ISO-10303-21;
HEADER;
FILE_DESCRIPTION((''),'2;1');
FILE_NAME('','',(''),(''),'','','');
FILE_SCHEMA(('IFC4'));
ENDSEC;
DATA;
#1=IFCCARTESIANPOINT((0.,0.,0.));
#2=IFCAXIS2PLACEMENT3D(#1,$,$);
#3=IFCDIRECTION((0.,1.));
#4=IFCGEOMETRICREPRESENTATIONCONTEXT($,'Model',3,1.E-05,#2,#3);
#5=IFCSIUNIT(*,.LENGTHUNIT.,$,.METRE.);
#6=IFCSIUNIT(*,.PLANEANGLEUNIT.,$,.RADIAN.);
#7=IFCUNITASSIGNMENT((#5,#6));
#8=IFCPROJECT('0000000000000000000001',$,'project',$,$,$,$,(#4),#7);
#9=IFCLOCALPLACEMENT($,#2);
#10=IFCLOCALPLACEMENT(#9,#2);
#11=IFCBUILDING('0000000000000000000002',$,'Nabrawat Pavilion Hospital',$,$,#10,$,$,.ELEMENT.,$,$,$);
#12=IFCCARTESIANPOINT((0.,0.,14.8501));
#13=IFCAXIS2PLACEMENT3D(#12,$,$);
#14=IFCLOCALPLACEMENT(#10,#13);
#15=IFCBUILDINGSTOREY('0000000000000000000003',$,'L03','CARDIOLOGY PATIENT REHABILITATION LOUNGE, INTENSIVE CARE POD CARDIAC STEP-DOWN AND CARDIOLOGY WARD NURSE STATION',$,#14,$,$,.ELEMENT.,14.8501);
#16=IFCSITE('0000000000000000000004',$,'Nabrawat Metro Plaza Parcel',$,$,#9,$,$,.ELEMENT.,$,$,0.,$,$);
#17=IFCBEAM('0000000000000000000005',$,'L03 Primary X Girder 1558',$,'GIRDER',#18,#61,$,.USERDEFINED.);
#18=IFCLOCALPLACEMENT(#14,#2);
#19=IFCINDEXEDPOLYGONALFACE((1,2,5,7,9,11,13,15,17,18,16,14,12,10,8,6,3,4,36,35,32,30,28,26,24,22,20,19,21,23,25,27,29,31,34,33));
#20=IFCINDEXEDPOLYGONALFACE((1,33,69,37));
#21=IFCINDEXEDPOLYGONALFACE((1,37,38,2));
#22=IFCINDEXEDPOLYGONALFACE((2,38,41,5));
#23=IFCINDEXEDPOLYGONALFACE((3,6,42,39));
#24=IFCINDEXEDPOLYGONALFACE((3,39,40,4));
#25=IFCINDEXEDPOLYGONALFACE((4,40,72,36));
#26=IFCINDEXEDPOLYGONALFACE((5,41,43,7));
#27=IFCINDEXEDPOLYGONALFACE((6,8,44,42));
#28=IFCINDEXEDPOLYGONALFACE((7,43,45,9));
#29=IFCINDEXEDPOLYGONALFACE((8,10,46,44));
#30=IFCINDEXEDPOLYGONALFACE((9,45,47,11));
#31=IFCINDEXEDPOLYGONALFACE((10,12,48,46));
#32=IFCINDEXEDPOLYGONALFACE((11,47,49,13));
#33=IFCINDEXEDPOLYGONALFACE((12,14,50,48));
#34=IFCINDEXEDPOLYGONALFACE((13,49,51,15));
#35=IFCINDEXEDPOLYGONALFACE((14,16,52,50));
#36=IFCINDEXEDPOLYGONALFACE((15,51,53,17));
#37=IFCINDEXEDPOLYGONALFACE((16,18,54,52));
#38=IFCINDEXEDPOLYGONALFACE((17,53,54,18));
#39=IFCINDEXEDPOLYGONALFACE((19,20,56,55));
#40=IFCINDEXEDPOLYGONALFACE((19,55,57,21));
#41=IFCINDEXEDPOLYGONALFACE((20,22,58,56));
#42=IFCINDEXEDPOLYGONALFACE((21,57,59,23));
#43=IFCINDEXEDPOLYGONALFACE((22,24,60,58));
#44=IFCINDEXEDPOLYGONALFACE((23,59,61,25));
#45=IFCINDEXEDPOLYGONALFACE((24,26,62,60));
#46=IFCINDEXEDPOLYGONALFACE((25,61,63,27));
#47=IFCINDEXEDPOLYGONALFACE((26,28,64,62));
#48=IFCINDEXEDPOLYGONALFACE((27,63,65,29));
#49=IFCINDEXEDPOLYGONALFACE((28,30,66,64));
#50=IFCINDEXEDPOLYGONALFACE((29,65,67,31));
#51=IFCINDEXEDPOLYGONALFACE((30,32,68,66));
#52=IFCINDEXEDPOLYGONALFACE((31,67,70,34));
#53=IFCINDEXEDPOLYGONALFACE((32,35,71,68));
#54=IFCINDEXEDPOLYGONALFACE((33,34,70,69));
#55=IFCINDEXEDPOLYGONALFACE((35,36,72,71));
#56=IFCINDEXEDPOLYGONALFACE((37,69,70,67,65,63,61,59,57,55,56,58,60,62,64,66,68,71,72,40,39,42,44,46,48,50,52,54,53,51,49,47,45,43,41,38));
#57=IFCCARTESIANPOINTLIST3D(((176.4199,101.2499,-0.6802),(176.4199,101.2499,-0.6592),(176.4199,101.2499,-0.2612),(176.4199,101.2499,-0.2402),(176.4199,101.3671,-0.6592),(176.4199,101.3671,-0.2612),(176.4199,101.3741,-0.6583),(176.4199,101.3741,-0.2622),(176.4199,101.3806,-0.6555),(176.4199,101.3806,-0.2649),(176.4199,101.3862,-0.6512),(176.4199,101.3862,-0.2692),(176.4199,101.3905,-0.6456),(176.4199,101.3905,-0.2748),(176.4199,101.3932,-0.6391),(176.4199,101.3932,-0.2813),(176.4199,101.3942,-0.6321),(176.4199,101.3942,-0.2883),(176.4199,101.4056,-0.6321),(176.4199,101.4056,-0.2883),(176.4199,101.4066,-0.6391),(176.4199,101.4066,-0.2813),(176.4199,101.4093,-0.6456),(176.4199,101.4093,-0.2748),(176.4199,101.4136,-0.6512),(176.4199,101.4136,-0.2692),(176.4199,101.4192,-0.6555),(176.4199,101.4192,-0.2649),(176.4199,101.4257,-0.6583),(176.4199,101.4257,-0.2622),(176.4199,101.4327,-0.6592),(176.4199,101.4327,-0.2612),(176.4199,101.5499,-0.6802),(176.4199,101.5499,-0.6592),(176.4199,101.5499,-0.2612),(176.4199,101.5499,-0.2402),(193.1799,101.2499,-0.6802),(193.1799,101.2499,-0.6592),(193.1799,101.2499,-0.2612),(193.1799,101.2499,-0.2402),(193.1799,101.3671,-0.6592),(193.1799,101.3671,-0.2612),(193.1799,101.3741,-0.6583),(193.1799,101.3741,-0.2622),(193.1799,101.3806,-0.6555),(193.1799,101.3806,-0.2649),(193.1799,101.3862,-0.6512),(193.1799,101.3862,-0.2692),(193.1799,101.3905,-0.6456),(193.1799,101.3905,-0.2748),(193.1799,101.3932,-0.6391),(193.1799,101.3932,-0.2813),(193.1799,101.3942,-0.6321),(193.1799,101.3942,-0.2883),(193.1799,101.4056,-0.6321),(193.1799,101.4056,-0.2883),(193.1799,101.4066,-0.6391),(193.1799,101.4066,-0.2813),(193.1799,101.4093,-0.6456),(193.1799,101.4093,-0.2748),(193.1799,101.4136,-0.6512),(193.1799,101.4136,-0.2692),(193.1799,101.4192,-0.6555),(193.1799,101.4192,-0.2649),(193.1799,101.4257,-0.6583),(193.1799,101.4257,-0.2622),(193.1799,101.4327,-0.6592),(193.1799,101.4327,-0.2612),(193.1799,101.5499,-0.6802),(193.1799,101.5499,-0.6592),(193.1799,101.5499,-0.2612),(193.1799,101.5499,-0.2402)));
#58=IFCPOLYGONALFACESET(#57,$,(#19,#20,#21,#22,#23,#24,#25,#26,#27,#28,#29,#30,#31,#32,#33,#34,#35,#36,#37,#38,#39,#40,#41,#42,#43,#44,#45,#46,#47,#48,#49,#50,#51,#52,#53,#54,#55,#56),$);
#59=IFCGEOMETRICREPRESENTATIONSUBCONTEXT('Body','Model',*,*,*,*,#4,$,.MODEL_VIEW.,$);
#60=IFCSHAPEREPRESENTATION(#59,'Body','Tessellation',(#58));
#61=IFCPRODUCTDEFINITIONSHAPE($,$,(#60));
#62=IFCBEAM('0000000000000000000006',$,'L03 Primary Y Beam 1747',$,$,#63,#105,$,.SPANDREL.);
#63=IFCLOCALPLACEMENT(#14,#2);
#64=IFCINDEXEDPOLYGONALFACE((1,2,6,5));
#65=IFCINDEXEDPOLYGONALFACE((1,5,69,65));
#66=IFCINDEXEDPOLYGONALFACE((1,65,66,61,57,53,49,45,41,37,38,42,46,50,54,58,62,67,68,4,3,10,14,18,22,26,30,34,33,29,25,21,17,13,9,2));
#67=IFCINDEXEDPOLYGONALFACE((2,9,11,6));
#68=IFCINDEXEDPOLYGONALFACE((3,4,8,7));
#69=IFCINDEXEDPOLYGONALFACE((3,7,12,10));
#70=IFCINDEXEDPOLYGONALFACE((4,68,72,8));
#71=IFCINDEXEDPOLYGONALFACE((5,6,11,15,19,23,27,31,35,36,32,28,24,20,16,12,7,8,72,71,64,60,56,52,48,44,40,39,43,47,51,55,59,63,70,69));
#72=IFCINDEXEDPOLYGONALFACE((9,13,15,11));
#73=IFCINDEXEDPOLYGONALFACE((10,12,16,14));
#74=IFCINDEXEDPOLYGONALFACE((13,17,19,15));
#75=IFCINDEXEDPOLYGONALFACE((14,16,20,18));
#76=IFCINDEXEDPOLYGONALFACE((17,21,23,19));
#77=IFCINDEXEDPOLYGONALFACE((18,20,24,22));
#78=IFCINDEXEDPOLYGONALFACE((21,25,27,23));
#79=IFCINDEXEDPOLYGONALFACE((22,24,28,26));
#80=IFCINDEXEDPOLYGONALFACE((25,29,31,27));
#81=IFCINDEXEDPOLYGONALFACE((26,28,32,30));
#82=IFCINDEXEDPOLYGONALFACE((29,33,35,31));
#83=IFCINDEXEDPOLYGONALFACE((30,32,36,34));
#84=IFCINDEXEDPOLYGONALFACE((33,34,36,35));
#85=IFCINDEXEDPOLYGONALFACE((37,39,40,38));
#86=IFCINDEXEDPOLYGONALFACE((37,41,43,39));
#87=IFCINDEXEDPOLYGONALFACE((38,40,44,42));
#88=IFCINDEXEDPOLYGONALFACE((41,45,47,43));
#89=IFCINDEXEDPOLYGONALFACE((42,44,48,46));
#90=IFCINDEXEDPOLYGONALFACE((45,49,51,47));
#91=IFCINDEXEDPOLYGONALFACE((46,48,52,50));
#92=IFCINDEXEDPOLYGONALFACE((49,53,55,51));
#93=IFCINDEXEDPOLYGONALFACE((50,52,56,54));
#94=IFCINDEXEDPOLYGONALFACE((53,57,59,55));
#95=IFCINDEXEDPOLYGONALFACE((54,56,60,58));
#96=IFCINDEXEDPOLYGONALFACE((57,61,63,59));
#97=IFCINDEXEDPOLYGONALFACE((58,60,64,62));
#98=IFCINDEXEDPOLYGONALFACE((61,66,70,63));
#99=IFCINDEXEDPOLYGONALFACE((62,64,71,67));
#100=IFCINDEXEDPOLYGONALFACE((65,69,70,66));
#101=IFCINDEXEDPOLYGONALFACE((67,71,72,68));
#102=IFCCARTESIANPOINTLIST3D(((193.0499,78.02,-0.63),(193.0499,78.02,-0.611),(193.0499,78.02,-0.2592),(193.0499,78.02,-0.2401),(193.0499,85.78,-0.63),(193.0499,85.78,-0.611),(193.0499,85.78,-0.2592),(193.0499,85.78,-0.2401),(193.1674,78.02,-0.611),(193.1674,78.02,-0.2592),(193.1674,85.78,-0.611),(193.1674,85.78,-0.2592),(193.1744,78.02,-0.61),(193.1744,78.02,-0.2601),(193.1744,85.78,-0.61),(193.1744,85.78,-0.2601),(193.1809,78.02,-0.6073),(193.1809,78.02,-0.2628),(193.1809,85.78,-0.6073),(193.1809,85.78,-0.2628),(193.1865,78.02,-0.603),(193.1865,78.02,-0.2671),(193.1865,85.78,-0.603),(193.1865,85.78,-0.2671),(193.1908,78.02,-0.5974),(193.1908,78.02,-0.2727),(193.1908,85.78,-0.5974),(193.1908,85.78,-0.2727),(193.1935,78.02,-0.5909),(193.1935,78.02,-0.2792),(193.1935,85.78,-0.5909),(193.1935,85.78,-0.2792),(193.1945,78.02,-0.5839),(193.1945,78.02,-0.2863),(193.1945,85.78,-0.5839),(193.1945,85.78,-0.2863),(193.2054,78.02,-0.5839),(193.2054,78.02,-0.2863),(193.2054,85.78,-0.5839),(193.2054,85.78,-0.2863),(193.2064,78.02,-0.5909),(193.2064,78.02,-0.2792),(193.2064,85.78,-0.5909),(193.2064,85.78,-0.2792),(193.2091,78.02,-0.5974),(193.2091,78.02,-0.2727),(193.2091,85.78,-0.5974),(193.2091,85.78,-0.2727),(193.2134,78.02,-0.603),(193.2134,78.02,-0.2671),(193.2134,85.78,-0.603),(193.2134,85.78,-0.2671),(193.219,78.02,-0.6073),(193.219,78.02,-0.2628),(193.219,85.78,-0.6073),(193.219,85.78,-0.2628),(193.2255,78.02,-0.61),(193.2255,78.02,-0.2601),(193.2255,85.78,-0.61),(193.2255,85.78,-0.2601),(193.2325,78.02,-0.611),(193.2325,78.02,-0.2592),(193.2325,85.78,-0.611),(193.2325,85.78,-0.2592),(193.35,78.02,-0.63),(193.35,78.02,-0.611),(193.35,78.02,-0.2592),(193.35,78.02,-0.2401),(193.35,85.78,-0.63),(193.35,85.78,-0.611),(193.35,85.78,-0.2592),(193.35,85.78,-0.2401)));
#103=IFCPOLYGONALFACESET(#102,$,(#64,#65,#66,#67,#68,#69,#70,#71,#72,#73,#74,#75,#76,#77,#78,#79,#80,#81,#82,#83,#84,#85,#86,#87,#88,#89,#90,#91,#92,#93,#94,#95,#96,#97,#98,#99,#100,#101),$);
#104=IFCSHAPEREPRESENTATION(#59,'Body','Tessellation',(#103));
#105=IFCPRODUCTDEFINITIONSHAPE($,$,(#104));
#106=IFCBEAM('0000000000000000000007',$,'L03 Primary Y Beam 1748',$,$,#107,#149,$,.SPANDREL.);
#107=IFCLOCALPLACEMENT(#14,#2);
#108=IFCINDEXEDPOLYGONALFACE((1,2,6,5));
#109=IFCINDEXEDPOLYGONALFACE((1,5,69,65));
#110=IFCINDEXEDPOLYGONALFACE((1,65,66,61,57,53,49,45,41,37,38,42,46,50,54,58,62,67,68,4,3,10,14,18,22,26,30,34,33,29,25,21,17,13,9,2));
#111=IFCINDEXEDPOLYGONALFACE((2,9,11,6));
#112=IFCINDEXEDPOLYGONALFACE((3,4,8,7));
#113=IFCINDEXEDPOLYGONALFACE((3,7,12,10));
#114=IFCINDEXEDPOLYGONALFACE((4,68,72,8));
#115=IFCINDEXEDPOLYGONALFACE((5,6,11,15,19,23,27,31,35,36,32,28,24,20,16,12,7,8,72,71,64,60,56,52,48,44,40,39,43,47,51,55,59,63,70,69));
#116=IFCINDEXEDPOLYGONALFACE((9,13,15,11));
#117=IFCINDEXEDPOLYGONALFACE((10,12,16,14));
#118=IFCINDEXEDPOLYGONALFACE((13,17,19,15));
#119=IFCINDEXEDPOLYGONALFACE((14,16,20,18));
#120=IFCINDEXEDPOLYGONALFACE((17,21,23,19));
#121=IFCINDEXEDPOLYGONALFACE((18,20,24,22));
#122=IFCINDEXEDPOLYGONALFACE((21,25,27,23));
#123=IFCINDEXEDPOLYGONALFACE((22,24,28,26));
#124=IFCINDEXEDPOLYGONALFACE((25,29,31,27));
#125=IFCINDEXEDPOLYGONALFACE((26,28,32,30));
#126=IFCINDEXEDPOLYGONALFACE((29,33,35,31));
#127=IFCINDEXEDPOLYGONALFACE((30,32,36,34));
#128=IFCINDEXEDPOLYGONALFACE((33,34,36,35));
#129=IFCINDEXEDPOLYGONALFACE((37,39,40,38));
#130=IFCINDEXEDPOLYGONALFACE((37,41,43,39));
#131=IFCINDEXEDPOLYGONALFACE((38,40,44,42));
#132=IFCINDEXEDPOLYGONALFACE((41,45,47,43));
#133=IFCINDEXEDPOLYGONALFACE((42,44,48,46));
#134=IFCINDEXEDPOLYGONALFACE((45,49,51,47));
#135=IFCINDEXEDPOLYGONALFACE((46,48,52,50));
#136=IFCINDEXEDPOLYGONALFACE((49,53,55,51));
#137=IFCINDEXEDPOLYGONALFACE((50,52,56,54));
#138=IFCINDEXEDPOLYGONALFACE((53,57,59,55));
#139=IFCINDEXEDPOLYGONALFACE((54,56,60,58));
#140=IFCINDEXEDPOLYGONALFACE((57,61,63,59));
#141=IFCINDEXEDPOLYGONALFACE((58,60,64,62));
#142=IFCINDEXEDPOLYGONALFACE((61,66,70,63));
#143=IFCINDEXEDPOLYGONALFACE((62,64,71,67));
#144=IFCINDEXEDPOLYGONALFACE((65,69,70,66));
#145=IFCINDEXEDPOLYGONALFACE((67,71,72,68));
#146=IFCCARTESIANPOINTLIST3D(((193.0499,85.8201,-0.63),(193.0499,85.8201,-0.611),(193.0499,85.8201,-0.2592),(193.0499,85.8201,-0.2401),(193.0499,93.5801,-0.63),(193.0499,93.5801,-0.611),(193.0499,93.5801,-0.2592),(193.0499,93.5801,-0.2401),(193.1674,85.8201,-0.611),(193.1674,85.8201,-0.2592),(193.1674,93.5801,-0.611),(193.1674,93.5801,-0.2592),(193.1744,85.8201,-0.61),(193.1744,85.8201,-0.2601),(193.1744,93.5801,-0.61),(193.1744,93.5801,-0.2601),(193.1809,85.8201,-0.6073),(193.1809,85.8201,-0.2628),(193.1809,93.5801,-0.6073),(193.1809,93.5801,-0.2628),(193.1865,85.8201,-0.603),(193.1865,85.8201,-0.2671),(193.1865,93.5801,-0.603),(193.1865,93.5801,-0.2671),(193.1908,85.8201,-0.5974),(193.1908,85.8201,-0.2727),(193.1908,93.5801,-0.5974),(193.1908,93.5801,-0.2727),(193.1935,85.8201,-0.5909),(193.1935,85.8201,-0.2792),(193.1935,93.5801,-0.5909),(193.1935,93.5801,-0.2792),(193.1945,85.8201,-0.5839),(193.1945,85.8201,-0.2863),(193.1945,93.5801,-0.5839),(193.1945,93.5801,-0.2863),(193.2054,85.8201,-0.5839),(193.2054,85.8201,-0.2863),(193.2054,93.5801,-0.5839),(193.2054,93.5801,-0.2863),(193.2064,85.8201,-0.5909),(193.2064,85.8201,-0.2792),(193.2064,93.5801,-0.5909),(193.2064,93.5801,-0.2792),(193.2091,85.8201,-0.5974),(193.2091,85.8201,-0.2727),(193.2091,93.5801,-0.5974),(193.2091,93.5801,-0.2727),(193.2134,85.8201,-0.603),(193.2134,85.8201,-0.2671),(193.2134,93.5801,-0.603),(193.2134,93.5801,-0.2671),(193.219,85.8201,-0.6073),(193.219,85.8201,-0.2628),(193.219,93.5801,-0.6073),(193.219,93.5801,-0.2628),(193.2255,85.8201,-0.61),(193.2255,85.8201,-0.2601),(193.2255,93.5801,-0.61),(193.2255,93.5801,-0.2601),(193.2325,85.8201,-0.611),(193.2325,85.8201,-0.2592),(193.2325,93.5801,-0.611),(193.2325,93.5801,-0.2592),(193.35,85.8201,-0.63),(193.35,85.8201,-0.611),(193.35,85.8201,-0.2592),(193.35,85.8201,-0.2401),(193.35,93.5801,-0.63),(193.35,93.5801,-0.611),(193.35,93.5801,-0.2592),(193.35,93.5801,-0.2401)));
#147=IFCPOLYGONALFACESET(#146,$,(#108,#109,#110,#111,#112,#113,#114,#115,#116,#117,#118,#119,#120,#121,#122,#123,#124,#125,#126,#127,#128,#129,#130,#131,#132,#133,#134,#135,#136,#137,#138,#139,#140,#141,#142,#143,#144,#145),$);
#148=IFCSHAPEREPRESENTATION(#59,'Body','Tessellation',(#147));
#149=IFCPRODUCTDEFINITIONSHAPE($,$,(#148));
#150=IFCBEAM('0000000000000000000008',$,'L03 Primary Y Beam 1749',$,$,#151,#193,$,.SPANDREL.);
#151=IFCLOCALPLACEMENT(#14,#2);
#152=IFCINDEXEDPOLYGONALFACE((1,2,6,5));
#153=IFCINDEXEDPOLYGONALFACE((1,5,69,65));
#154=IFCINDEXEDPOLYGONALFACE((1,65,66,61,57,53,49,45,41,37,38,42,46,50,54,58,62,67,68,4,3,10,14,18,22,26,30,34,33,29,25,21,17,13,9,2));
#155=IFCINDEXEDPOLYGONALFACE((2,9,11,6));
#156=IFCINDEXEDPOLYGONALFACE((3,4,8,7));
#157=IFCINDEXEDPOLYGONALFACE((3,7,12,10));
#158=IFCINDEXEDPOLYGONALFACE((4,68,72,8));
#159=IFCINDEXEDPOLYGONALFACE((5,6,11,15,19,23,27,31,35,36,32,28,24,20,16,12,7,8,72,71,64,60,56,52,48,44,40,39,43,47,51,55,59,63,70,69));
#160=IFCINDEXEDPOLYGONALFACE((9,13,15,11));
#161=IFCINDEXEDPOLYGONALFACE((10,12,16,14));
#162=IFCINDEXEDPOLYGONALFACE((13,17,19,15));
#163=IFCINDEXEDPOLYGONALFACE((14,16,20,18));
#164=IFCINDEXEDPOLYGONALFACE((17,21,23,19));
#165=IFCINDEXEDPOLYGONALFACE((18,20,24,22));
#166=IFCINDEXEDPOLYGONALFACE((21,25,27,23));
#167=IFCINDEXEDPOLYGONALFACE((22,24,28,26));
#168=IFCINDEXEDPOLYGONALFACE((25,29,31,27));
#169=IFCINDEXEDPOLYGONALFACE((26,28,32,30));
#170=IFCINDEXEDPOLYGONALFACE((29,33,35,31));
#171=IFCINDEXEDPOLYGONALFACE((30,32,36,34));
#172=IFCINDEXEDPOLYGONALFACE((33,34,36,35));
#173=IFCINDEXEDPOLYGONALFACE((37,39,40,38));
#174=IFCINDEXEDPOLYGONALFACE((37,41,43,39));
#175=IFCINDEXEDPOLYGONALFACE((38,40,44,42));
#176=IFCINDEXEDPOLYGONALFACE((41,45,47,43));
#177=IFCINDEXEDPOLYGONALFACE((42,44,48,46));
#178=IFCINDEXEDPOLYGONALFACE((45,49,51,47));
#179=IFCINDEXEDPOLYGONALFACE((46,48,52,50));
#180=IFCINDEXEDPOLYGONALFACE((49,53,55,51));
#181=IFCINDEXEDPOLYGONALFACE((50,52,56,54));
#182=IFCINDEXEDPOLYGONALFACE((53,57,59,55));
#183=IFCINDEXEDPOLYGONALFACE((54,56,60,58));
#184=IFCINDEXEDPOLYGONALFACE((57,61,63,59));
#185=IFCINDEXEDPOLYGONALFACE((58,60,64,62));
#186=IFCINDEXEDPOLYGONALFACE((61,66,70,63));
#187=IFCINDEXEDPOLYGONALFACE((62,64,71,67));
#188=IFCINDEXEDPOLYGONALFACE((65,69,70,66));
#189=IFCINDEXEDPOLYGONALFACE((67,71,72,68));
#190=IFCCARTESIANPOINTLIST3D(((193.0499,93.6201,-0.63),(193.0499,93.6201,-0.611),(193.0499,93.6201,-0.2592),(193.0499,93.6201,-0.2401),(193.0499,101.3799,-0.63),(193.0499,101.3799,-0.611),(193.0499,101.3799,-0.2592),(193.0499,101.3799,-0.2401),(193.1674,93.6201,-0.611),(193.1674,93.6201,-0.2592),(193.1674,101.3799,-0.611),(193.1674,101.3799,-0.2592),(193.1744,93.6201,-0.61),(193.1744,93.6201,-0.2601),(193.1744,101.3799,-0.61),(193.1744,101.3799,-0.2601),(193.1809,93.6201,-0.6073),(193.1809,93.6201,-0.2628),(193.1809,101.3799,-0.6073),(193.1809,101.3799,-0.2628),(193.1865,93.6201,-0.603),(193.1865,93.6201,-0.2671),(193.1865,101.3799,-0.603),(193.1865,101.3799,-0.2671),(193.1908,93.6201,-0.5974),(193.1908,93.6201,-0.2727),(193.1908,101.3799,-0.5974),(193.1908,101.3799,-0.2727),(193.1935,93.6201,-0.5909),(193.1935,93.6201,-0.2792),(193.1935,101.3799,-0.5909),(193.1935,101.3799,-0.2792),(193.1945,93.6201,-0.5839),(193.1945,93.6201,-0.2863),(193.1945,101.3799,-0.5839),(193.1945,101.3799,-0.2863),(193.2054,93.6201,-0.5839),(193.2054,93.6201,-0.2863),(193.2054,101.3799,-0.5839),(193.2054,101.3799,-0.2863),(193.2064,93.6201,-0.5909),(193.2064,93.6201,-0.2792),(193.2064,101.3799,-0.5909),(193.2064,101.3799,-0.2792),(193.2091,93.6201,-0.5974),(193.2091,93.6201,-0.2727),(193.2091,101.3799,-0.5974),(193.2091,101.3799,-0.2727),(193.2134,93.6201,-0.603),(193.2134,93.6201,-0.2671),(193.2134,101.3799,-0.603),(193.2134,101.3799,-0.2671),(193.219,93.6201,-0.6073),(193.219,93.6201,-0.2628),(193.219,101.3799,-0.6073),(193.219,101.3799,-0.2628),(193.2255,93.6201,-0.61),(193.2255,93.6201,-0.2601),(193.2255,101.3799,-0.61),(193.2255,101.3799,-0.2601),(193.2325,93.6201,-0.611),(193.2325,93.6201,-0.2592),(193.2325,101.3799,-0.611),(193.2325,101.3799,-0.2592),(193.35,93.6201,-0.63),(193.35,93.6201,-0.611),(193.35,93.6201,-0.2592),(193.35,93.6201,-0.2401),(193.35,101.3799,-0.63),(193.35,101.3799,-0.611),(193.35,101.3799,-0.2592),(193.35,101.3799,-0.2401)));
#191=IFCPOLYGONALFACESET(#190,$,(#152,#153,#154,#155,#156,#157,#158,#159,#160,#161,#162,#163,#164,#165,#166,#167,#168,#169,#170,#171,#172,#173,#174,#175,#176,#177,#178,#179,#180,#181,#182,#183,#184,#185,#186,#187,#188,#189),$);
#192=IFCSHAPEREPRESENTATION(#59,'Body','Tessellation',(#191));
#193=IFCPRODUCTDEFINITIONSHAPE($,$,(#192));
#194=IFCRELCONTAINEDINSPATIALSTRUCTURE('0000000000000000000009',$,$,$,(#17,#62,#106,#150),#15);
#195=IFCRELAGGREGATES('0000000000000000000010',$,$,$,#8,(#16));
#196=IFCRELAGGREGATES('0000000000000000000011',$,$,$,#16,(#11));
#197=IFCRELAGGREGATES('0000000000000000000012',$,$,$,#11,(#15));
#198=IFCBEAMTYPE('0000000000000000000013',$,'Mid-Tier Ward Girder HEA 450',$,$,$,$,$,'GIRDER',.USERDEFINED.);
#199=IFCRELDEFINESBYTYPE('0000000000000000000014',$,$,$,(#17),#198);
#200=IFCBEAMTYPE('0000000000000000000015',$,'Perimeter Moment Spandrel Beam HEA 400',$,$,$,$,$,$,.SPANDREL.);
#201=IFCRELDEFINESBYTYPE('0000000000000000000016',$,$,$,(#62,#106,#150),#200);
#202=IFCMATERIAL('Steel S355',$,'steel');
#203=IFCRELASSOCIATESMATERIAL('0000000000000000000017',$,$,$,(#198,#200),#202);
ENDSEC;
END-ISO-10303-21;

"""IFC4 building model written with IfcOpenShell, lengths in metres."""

from ifc_helpers import new_model, si_unit, direction, frame, origin, origin_2d, place, context, subcontext, project, spatial, i_section, extrude, material, material_profile, profile_set, type_object, element, save


model = new_model("IFC4")

# Units and contexts
model_context = context("Model", 3, precision=1e-05, world=origin(), true_north=direction((0.0, 1.0)))
body_context = subcontext(model_context, "Body", "Model", "MODEL_VIEW")
ifc_project = project(units=[si_unit("LENGTHUNIT", "METRE"), si_unit("PLANEANGLEUNIT", "RADIAN")], contexts=[model_context])

# Site, building, storey
site_placement = place(None, origin())
site = spatial("IfcSite", under=ifc_project, at=site_placement, Name="Nabrawat Metro Plaza Parcel", CompositionType="ELEMENT", RefElevation=0.0)
building_placement = place(site_placement, origin())
building = spatial("IfcBuilding", under=site, at=building_placement, Name="Nabrawat Pavilion Hospital", CompositionType="ELEMENT")
storey_placement = place(building_placement, frame((0.0, 0.0, 14.8501)))
storey = spatial("IfcBuildingStorey", under=building, at=storey_placement, Name="L03", Description="CARDIOLOGY PATIENT REHABILITATION LOUNGE, INTENSIVE CARE POD CARDIAC STEP-DOWN AND CARDIOLOGY WARD NURSE STATION", CompositionType="ELEMENT", Elevation=14.8501)

# Shared definitions
ifc_material_1 = material(Name="Steel S355", Category="steel")

# Beams
ifc_material_profile_1 = material_profile(ifc_material_1, i_section(OverallWidth=0.3, OverallDepth=0.4399, WebThickness=0.0115, FlangeThickness=0.021, FilletRadius=0.0271, at=origin_2d()), Name="HEA 450")
ifc_profile_set_1 = profile_set([ifc_material_profile_1], Name="Steel S355")
beam_type_1 = type_object("IfcBeamType", Name="Mid-Tier Ward Girder HEA 450", ElementType="GIRDER", PredefinedType="USERDEFINED", material=ifc_profile_set_1)
for number, where, z_axis, x_axis, name in (
    (1, (176.4199, 101.3999, -0.4602), (1.0, 0.0, 0.0), (0.0, 1.0, 0.0), "L03 Primary X Girder 1558"),
):
    element("IfcBeam", number, at=place(storey_placement, frame(where, z_axis=z_axis, x_axis=x_axis)), inside=storey, type_object=beam_type_1, Name=name, ObjectType="GIRDER", PredefinedType="USERDEFINED", context=body_context, shape_type="SweptSolid", body=[
        extrude(i_section(OverallWidth=0.3, OverallDepth=0.4399, WebThickness=0.0115, FlangeThickness=0.021, FilletRadius=0.0271, at=origin_2d()), origin(), (0.0, 0.0, 1.0), 16.76),
    ])
ifc_material_profile_2 = material_profile(ifc_material_1, i_section(OverallWidth=0.3, OverallDepth=0.3899, WebThickness=0.011, FlangeThickness=0.019, FilletRadius=0.0271, at=origin_2d()), Name="HEA 400")
ifc_profile_set_2 = profile_set([ifc_material_profile_2], Name="Steel S355")
beam_type_2 = type_object("IfcBeamType", Name="Perimeter Moment Spandrel Beam HEA 400", PredefinedType="SPANDREL", material=ifc_profile_set_2)
for number, where, z_axis, x_axis, name in (
    (2, (193.2, 78.02, -0.4351), (0.0, 1.0, 0.0), (-1.0, 0.0, 0.0), "L03 Primary Y Beam 1747"),
    (3, (193.2, 85.8201, -0.4351), (0.0, 1.0, 0.0), (-1.0, 0.0, 0.0), "L03 Primary Y Beam 1748"),
):
    element("IfcBeam", number, at=place(storey_placement, frame(where, z_axis=z_axis, x_axis=x_axis)), inside=storey, type_object=beam_type_2, Name=name, PredefinedType="SPANDREL", context=body_context, shape_type="SweptSolid", body=[
        extrude(i_section(OverallWidth=0.3, OverallDepth=0.3899, WebThickness=0.011, FlangeThickness=0.019, FilletRadius=0.0271, at=origin_2d()), origin(), (0.0, 0.0, 1.0), 7.76),
    ])
beam_1_placement = place(storey_placement, frame((193.2, 93.6201, -0.4351), z_axis=(0.0, 1.0, 0.0), x_axis=(-1.0, 0.0, 0.0)))
element("IfcBeam", 4, at=beam_1_placement, inside=storey, type_object=beam_type_2, Name="L03 Primary Y Beam 1749", PredefinedType="SPANDREL", context=body_context, shape_type="SweptSolid", body=[
    extrude(i_section(OverallWidth=0.3, OverallDepth=0.3899, WebThickness=0.011, FlangeThickness=0.019, FilletRadius=0.0271, at=origin_2d()), origin(), (0.0, 0.0, 1.0), 7.7598),
])

save(model, "model.ifc")
